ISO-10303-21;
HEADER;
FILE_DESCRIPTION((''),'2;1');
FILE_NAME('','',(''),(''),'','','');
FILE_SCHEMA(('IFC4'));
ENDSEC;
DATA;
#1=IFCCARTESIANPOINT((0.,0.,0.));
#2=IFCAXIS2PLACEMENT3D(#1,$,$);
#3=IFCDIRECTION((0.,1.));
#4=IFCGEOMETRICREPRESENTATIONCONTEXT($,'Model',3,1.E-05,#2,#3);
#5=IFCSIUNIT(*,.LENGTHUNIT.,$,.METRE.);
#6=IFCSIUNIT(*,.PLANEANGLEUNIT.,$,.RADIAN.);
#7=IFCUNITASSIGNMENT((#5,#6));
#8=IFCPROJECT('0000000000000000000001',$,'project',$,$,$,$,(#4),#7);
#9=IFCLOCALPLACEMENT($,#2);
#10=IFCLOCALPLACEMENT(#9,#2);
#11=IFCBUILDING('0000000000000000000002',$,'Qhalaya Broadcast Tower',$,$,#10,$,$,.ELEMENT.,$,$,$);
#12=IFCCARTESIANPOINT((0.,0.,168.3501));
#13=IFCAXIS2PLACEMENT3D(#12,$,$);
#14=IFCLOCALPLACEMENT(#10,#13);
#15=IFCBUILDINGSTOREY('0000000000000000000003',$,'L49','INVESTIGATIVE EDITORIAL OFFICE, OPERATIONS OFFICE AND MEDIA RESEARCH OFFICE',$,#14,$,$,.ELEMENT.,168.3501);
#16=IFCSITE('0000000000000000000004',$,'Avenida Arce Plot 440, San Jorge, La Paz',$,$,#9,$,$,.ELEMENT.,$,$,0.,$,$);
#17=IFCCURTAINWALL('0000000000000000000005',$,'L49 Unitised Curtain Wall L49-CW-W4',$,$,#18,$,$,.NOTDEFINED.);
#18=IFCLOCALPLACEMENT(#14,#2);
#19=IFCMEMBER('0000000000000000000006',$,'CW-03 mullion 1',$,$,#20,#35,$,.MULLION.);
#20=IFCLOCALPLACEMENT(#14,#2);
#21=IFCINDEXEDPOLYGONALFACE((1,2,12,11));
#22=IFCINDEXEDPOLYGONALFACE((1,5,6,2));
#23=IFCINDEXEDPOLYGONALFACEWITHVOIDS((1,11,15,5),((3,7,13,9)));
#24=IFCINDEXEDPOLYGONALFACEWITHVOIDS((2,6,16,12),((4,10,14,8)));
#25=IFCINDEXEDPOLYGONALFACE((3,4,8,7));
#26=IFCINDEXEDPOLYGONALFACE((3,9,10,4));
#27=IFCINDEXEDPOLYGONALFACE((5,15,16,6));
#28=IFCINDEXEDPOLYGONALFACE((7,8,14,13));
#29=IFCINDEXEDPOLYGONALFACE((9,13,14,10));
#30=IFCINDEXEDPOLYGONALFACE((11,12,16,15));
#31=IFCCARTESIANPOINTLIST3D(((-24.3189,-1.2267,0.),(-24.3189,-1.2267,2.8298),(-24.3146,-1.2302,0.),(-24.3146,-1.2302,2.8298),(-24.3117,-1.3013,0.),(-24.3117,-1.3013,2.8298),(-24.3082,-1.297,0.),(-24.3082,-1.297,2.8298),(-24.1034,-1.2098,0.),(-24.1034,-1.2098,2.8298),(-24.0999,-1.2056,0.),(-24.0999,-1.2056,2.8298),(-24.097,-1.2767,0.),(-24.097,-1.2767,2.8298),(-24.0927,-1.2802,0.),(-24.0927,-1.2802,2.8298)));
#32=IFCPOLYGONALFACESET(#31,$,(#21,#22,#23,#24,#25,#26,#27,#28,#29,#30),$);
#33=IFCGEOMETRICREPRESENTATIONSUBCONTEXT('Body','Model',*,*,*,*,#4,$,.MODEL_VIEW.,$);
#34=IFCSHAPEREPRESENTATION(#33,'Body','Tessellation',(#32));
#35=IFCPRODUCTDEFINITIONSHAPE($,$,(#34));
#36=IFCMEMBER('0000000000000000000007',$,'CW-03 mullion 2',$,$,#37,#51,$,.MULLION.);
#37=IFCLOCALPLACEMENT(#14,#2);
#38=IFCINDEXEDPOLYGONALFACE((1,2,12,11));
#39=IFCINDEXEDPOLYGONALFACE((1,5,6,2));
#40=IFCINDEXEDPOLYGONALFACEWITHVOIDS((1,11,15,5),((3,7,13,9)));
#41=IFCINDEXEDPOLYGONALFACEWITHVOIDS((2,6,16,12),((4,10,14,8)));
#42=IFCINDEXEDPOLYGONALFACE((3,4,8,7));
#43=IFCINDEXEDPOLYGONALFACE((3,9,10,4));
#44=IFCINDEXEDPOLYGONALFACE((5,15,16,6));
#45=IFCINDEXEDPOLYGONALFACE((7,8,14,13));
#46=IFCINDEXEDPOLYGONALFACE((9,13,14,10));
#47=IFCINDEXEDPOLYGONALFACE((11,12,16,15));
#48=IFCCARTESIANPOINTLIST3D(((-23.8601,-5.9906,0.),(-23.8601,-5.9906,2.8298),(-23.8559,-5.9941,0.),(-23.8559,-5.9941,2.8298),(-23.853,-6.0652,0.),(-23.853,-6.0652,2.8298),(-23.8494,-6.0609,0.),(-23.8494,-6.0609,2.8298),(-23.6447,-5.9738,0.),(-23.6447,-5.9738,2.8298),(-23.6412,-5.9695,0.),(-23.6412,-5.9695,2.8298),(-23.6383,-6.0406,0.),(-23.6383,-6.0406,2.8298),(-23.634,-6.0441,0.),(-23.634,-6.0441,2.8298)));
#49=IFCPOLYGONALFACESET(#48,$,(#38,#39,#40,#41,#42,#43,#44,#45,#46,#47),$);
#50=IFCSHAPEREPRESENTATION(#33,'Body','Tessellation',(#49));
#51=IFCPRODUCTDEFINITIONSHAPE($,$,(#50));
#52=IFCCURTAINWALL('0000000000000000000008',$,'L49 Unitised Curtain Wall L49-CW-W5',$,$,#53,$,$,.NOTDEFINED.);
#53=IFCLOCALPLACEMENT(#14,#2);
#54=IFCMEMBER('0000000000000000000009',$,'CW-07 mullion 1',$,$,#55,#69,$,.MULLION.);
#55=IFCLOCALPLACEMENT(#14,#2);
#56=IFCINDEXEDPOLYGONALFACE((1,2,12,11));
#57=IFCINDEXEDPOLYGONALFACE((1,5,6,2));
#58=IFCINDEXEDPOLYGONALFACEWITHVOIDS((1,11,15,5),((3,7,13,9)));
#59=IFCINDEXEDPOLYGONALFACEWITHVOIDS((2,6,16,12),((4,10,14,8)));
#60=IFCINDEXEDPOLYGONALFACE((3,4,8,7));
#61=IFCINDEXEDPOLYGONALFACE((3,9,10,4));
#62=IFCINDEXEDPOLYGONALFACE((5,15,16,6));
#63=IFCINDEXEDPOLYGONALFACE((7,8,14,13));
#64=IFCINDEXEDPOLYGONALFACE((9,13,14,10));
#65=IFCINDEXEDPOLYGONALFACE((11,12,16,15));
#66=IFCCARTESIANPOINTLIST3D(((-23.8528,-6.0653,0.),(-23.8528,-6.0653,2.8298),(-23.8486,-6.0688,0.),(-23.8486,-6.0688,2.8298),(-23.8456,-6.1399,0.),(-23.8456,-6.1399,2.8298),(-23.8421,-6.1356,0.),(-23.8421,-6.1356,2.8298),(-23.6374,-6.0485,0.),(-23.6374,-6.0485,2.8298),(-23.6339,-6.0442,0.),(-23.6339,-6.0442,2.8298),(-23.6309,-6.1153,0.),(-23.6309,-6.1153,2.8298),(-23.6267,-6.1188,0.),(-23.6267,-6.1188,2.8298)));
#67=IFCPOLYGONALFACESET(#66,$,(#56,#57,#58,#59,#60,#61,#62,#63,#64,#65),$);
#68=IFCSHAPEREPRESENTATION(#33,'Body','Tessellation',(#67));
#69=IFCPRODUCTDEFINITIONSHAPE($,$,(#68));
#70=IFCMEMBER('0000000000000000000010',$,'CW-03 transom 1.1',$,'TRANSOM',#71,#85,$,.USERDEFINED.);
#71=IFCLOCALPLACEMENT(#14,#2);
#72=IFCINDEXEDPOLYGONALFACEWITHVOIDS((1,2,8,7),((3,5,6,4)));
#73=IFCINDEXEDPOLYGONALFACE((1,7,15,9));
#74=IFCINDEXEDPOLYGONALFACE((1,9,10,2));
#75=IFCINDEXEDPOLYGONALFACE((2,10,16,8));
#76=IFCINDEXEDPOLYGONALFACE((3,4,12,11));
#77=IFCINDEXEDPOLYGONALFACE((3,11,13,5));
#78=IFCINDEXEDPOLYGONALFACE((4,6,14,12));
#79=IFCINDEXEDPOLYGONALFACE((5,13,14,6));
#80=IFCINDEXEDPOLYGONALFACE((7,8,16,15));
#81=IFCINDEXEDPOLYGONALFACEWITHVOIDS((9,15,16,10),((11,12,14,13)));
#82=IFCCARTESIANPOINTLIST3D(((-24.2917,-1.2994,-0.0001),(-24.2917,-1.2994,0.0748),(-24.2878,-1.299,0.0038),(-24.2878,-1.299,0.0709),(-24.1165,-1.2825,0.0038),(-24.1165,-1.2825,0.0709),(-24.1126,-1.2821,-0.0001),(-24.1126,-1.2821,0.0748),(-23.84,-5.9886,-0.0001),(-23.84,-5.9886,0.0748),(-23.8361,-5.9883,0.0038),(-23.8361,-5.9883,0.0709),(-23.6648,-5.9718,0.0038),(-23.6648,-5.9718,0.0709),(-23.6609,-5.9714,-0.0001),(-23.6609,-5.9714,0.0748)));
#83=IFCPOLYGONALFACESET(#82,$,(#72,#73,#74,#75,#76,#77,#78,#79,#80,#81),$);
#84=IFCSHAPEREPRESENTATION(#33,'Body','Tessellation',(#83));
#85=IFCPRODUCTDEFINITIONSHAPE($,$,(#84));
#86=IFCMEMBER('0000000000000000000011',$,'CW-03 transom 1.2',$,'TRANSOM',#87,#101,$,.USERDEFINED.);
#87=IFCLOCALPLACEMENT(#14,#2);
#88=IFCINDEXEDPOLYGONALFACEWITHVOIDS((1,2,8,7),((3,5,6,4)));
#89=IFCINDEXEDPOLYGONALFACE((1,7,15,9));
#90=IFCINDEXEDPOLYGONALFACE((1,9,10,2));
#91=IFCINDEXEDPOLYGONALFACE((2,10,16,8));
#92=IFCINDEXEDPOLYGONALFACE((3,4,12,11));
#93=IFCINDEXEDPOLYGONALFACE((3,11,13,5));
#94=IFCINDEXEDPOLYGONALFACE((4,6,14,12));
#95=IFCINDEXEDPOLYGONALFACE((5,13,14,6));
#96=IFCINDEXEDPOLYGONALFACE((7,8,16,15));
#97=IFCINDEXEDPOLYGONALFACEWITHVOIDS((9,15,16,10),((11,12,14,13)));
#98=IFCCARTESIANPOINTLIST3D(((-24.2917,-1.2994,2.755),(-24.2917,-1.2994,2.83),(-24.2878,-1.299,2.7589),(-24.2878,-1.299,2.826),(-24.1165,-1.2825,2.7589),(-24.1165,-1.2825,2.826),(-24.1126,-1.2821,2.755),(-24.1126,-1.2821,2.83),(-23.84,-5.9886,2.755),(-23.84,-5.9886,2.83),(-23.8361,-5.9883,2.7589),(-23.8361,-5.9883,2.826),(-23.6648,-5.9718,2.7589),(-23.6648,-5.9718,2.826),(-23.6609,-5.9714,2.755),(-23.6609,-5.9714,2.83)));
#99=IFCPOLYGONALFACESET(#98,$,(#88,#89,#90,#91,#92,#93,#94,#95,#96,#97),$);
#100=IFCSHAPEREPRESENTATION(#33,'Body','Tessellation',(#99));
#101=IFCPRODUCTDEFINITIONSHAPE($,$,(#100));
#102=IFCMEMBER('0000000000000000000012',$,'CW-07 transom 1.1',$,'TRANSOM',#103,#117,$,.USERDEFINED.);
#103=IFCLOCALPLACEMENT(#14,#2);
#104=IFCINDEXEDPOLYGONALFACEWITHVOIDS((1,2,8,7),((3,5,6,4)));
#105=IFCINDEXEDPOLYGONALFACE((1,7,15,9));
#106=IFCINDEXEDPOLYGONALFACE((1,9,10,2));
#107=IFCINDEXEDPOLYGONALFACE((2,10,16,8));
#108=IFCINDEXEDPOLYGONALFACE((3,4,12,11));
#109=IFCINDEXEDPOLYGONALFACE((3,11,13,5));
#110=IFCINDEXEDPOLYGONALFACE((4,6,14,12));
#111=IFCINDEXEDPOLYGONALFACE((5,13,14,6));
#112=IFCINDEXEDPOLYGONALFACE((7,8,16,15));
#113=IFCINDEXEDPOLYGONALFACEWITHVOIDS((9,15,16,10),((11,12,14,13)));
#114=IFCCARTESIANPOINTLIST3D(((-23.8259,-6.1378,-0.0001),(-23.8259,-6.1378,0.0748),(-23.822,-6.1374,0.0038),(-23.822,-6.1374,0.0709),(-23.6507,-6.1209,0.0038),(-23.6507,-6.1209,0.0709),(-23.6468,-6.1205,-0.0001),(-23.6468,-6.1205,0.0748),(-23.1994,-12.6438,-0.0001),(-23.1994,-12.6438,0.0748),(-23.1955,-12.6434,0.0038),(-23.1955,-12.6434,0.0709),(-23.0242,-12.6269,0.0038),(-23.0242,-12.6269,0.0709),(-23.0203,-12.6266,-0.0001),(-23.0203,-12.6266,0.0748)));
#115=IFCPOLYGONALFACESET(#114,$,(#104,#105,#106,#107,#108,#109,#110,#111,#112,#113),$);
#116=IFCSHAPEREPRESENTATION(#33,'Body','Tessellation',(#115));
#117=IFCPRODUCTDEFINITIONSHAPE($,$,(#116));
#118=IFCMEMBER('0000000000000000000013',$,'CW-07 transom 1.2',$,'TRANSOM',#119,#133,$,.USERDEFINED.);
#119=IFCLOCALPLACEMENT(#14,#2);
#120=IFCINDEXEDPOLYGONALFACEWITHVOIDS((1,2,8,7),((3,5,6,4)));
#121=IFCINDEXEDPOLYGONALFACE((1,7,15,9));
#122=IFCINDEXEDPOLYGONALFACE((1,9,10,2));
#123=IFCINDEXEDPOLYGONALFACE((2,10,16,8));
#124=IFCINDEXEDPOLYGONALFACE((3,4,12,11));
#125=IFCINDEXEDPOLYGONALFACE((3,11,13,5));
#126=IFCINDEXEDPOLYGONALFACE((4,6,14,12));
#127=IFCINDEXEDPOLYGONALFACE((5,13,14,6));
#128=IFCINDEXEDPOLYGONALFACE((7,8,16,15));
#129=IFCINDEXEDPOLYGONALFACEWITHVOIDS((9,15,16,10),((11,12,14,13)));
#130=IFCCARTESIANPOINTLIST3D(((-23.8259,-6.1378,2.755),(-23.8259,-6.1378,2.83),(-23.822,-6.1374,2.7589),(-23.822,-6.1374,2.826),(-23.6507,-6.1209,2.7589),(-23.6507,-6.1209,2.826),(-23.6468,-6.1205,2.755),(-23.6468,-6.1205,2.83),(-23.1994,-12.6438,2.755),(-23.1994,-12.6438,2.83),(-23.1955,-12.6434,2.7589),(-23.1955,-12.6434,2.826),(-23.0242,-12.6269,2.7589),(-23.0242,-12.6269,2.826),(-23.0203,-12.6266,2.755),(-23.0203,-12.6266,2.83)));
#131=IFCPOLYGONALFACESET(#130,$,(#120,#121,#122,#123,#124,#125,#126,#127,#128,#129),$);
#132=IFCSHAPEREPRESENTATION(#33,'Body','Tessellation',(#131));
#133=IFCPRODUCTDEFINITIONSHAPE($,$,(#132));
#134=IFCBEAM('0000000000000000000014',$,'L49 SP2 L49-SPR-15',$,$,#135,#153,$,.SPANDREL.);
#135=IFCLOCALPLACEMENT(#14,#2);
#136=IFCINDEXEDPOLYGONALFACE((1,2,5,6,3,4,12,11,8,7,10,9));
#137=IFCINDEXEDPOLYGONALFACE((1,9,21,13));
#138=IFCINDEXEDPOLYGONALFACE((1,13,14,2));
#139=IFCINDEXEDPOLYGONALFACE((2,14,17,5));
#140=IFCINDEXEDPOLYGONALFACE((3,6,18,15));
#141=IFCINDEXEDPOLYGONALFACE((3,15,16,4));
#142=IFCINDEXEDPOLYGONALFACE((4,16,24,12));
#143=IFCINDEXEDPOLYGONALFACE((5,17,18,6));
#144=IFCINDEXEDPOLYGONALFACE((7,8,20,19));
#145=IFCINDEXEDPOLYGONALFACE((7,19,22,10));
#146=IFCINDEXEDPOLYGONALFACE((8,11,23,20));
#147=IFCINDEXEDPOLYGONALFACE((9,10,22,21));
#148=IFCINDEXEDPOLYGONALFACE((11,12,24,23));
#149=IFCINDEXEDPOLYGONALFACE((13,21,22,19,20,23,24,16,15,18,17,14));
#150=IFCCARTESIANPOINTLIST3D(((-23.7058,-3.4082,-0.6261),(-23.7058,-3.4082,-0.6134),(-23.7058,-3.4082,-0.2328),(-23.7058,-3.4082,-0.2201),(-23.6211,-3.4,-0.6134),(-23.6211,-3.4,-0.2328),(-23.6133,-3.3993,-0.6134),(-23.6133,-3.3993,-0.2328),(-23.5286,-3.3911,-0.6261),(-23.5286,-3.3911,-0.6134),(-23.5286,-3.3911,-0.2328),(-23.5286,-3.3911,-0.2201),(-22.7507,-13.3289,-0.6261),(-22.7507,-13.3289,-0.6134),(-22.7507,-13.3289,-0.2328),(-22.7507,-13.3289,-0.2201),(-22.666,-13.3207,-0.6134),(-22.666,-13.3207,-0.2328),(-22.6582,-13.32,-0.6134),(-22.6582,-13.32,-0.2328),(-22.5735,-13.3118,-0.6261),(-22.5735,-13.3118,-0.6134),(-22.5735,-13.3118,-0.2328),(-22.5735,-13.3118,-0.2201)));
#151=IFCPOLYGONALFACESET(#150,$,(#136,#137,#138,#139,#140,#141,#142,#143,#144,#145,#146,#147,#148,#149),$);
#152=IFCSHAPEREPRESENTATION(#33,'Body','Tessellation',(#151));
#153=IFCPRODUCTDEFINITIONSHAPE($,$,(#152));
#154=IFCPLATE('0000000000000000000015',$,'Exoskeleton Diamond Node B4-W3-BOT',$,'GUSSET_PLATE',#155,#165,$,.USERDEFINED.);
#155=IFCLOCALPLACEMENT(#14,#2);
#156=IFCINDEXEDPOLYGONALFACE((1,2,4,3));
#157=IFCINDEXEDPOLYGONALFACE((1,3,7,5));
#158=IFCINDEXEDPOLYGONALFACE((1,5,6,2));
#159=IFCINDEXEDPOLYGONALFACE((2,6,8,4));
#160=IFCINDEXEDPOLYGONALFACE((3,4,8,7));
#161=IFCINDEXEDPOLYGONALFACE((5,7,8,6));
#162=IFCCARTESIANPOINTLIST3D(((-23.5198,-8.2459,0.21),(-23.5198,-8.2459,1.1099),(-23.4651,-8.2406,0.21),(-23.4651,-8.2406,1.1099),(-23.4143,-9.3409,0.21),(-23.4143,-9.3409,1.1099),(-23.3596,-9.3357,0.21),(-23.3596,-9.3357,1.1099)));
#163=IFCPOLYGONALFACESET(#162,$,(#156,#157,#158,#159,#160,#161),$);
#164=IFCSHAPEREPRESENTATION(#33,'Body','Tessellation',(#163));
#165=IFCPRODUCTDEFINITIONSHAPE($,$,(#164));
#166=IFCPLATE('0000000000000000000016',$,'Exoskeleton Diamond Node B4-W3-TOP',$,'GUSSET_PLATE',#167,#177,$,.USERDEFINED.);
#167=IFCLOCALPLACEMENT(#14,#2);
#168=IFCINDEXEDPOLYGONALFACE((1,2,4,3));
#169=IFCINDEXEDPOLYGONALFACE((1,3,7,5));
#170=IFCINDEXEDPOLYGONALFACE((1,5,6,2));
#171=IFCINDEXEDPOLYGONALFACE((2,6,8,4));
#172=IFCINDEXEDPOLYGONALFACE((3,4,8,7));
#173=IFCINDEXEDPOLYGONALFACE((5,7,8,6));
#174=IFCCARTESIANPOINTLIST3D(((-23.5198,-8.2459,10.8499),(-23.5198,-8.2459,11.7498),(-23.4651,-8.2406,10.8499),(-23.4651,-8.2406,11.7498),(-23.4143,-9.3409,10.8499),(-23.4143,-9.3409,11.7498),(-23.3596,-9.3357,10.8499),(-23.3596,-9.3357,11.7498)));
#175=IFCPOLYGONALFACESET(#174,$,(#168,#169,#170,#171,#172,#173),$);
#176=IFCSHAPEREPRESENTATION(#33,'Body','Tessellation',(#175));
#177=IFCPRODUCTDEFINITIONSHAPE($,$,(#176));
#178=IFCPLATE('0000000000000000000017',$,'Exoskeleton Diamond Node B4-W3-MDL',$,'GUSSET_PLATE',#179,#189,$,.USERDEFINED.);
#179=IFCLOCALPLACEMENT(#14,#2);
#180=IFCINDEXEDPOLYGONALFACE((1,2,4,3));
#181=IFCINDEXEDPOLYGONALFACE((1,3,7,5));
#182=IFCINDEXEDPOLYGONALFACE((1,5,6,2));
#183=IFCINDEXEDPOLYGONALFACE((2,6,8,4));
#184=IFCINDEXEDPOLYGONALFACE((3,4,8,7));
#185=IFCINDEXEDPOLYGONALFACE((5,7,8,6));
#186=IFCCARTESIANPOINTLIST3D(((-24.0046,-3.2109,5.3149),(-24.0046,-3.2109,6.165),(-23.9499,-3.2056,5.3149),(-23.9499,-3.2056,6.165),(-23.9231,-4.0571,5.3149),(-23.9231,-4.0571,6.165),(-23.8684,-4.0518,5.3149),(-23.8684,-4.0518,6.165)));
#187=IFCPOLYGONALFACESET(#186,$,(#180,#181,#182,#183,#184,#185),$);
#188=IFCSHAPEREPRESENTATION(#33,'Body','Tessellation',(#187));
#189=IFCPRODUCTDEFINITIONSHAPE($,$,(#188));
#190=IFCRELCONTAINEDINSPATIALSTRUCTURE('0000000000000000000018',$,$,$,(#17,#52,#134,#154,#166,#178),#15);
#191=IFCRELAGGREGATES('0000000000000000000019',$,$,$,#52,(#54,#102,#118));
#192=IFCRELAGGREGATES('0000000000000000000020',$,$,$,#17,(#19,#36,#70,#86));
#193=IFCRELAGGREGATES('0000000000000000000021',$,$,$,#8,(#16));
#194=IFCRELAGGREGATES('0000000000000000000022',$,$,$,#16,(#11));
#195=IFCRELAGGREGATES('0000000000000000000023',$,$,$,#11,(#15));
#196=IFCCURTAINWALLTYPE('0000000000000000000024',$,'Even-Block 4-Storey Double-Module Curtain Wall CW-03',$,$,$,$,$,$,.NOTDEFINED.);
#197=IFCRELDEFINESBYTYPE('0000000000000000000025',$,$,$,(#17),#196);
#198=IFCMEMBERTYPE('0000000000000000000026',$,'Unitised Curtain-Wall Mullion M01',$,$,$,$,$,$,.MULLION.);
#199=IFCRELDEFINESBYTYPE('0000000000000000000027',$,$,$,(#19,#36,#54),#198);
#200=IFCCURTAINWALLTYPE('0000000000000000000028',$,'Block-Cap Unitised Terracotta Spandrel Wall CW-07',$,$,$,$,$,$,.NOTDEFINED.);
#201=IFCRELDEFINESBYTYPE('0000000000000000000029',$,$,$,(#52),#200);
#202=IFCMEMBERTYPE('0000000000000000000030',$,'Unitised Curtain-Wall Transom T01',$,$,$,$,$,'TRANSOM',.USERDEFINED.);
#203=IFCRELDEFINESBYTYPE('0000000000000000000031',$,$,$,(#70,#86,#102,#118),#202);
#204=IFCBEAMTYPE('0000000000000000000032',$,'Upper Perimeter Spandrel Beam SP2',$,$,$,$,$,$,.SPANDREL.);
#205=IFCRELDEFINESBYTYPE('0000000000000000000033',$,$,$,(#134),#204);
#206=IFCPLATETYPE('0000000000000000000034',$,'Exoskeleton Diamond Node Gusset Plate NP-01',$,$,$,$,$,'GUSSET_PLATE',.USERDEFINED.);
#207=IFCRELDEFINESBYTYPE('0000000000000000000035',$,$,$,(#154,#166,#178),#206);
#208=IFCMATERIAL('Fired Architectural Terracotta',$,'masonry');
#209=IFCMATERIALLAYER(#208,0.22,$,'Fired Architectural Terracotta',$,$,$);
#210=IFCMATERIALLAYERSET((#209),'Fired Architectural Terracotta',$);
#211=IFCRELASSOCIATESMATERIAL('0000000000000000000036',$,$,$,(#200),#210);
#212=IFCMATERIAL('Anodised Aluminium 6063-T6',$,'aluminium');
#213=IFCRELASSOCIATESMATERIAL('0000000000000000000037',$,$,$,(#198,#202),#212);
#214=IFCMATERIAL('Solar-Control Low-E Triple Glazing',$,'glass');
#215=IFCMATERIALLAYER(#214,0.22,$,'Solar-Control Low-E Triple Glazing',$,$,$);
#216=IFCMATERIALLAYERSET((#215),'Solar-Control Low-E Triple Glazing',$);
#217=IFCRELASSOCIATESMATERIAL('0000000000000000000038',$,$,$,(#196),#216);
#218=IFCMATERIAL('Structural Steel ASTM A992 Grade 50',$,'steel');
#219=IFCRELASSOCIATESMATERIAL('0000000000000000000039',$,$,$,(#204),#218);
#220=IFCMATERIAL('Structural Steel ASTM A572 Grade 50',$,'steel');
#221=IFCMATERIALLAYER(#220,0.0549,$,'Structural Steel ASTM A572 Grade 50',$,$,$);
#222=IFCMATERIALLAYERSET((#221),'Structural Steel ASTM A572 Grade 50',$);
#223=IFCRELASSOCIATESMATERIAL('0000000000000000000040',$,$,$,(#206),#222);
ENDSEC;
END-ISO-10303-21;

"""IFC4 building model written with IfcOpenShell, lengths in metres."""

from ifc_helpers import new_model, si_unit, direction, frame, origin, origin_2d, place, context, subcontext, project, spatial, rectangle, hollow_rectangle, i_section, extrude, material, layer, layer_set, material_profile, profile_set, type_object, element, aggregate, save


model = new_model("IFC4")

# Units and contexts
model_context = context("Model", 3, precision=1e-05, world=origin(), true_north=direction((0.0, 1.0)))
body_context = subcontext(model_context, "Body", "Model", "MODEL_VIEW")
ifc_project = project(units=[si_unit("LENGTHUNIT", "METRE"), si_unit("PLANEANGLEUNIT", "RADIAN")], contexts=[model_context])

# Site, building, storey
site_placement = place(None, origin())
site = spatial("IfcSite", under=ifc_project, at=site_placement, Name="Avenida Arce Plot 440, San Jorge, La Paz", CompositionType="ELEMENT", RefElevation=0.0)
building_placement = place(site_placement, origin())
building = spatial("IfcBuilding", under=site, at=building_placement, Name="Qhalaya Broadcast Tower", CompositionType="ELEMENT")
storey_placement = place(building_placement, frame((0.0, 0.0, 168.3501)))
storey = spatial("IfcBuildingStorey", under=building, at=storey_placement, Name="L49", Description="INVESTIGATIVE EDITORIAL OFFICE, OPERATIONS OFFICE AND MEDIA RESEARCH OFFICE", CompositionType="ELEMENT", Elevation=168.3501)

# Shared definitions
ifc_material_1 = material(Name="Structural Steel ASTM A572 Grade 50", Category="steel")

# Shared definitions
ifc_material_2 = material(Name="Structural Steel ASTM A992 Grade 50", Category="steel")

# Shared definitions
ifc_material_3 = material(Name="Fired Architectural Terracotta", Category="masonry")
ifc_layer_1 = layer(ifc_material_3, 0.22, Name="Fired Architectural Terracotta")
ifc_layer_set_1 = layer_set([ifc_layer_1], Name="Fired Architectural Terracotta")
curtain_wall_type_1 = type_object("IfcCurtainWallType", Name="Block-Cap Unitised Terracotta Spandrel Wall CW-07", PredefinedType="NOTDEFINED", material=ifc_layer_set_1)
ifc_material_4 = material(Name="Anodised Aluminium 6063-T6", Category="aluminium")
ifc_material_profile_1 = material_profile(ifc_material_4, hollow_rectangle(XDim=0.075, YDim=0.22, WallThickness=0.0039, at=origin_2d()), Name="ALU-MUL 75x220x4")
ifc_profile_set_1 = profile_set([ifc_material_profile_1], Name="Anodised Aluminium 6063-T6")
member_type_1 = type_object("IfcMemberType", Name="Unitised Curtain-Wall Mullion M01", PredefinedType="MULLION", material=ifc_profile_set_1)

# Curtain wall, members
ifc_material_5 = material(Name="Solar-Control Low-E Triple Glazing", Category="glass")
ifc_layer_2 = layer(ifc_material_5, 0.22, Name="Solar-Control Low-E Triple Glazing")
ifc_layer_set_2 = layer_set([ifc_layer_2], Name="Solar-Control Low-E Triple Glazing")
curtain_wall_type_2 = type_object("IfcCurtainWallType", Name="Even-Block 4-Storey Double-Module Curtain Wall CW-03", PredefinedType="NOTDEFINED", material=ifc_layer_set_2)
curtain_wall_1_placement = place(storey_placement, origin())
curtain_wall_1 = element("IfcCurtainWall", 1, at=curtain_wall_1_placement, inside=storey, type_object=curtain_wall_type_2, Name="L49 Unitised Curtain Wall L49-CW-W4", PredefinedType="NOTDEFINED")
member_1_placement = place(storey_placement, frame((-24.2058, -1.2534, 0.0), z_axis=(0.0, 0.0, 1.0), x_axis=(0.095845, -0.995396, 0.0)))
member_1 = element("IfcMember", 2, at=member_1_placement, type_object=member_type_1, Name="CW-03 mullion 1", PredefinedType="MULLION", context=body_context, shape_type="SweptSolid", body=[
    extrude(hollow_rectangle(XDim=0.075, YDim=0.22, WallThickness=0.0039, at=origin_2d()), origin(), (0.0, 0.0, 1.0), 2.8298),
])
member_2_placement = place(storey_placement, frame((-23.7471, -6.0173, 0.0), z_axis=(0.0, 0.0, 1.0), x_axis=(0.095845, -0.995396, 0.0)))
member_2 = element("IfcMember", 3, at=member_2_placement, type_object=member_type_1, Name="CW-03 mullion 2", PredefinedType="MULLION", context=body_context, shape_type="SweptSolid", body=[
    extrude(hollow_rectangle(XDim=0.075, YDim=0.22, WallThickness=0.0039, at=origin_2d()), origin(), (0.0, 0.0, 1.0), 2.8298),
])

# Curtain wall, member
curtain_wall_2_placement = place(storey_placement, origin())
curtain_wall_2 = element("IfcCurtainWall", 4, at=curtain_wall_2_placement, inside=storey, type_object=curtain_wall_type_1, Name="L49 Unitised Curtain Wall L49-CW-W5", PredefinedType="NOTDEFINED")
member_3_placement = place(storey_placement, frame((-23.7397, -6.092, 0.0), z_axis=(0.0, 0.0, 1.0), x_axis=(0.095842, -0.995397, 0.0)))
member_3 = element("IfcMember", 5, at=member_3_placement, type_object=member_type_1, Name="CW-07 mullion 1", PredefinedType="MULLION", context=body_context, shape_type="SweptSolid", body=[
    extrude(hollow_rectangle(XDim=0.075, YDim=0.22, WallThickness=0.0039, at=origin_2d()), origin(), (0.0, 0.0, 1.0), 2.8298),
])

# Members
ifc_material_profile_2 = material_profile(ifc_material_4, hollow_rectangle(XDim=0.075, YDim=0.1799, WallThickness=0.0039, at=origin_2d()), Name="ALU-TRN 75x180x4")
ifc_profile_set_2 = profile_set([ifc_material_profile_2], Name="Anodised Aluminium 6063-T6")
member_type_2 = type_object("IfcMemberType", Name="Unitised Curtain-Wall Transom T01", ElementType="TRANSOM", PredefinedType="USERDEFINED", material=ifc_profile_set_2)
member_4_placement = place(storey_placement, frame((-24.2021, -1.2908, 0.0374), z_axis=(0.095875, -0.995393, 0.0), x_axis=(0.0, 0.0, 1.0)))
member_4 = element("IfcMember", 6, at=member_4_placement, type_object=member_type_2, Name="CW-03 transom 1.1", ObjectType="TRANSOM", PredefinedType="USERDEFINED", context=body_context, shape_type="SweptSolid", body=[
    extrude(hollow_rectangle(XDim=0.075, YDim=0.1799, WallThickness=0.0039, at=origin_2d()), origin(), (0.0, 0.0, 1.0), 4.7109),
])
member_5_placement = place(storey_placement, frame((-24.2021, -1.2908, 2.7925), z_axis=(0.095875, -0.995393, 0.0), x_axis=(0.0, 0.0, 1.0)))
member_5 = element("IfcMember", 7, at=member_5_placement, type_object=member_type_2, Name="CW-03 transom 1.2", ObjectType="TRANSOM", PredefinedType="USERDEFINED", context=body_context, shape_type="SweptSolid", body=[
    extrude(hollow_rectangle(XDim=0.075, YDim=0.1799, WallThickness=0.0039, at=origin_2d()), origin(), (0.0, 0.0, 1.0), 4.7109),
])
member_6_placement = place(storey_placement, frame((-23.7363, -6.1292, 0.0374), z_axis=(0.095845, -0.995396, 0.0), x_axis=(0.0, 0.0, 1.0)))
member_6 = element("IfcMember", 8, at=member_6_placement, type_object=member_type_2, Name="CW-07 transom 1.1", ObjectType="TRANSOM", PredefinedType="USERDEFINED", context=body_context, shape_type="SweptSolid", body=[
    extrude(hollow_rectangle(XDim=0.075, YDim=0.1799, WallThickness=0.0039, at=origin_2d()), origin(), (0.0, 0.0, 1.0), 6.5361),
])
member_7_placement = place(storey_placement, frame((-23.7363, -6.1292, 2.7925), z_axis=(0.095845, -0.995396, 0.0), x_axis=(0.0, 0.0, 1.0)))
member_7 = element("IfcMember", 9, at=member_7_placement, type_object=member_type_2, Name="CW-07 transom 1.2", ObjectType="TRANSOM", PredefinedType="USERDEFINED", context=body_context, shape_type="SweptSolid", body=[
    extrude(hollow_rectangle(XDim=0.075, YDim=0.1799, WallThickness=0.0039, at=origin_2d()), origin(), (0.0, 0.0, 1.0), 6.5361),
])
aggregate(curtain_wall_2, [member_3, member_6, member_7])

# Beam
ifc_material_profile_3 = material_profile(ifc_material_2, i_section(OverallWidth=0.178, OverallDepth=0.406, WebThickness=0.0078, FlangeThickness=0.0127, at=origin_2d()), Name="W16X40")
ifc_profile_set_3 = profile_set([ifc_material_profile_3], Name="Structural Steel ASTM A992 Grade 50")
beam_type_1 = type_object("IfcBeamType", Name="Upper Perimeter Spandrel Beam SP2", PredefinedType="SPANDREL", material=ifc_profile_set_3)
beam_1_placement = place(storey_placement, frame((-23.6172, -3.3997, -0.4231), z_axis=(0.095829, -0.995398, 0.0), x_axis=(0.995398, 0.095829, 0.0)))
element("IfcBeam", 10, at=beam_1_placement, inside=storey, type_object=beam_type_1, Name="L49 SP2 L49-SPR-15", PredefinedType="SPANDREL", context=body_context, shape_type="SweptSolid", body=[
    extrude(i_section(OverallWidth=0.178, OverallDepth=0.406, WebThickness=0.0078, FlangeThickness=0.0127, at=origin_2d()), origin(), (0.0, 0.0, 1.0), 9.9666),
])

# Plates
ifc_layer_3 = layer(ifc_material_1, 0.0549, Name="Structural Steel ASTM A572 Grade 50")
ifc_layer_set_3 = layer_set([ifc_layer_3], Name="Structural Steel ASTM A572 Grade 50")
plate_type_1 = type_object("IfcPlateType", Name="Exoskeleton Diamond Node Gusset Plate NP-01", ElementType="GUSSET_PLATE", PredefinedType="USERDEFINED", material=ifc_layer_set_3)
for number, where, z_axis, x_axis, name in (
    (11, (-23.4397, -8.7908, 0.21), (0.0, 0.0, 1.0), (-0.095846, 0.995396, 0.0), "Exoskeleton Diamond Node B4-W3-BOT"),
    (12, (-23.4397, -8.7908, 10.8499), (0.0, 0.0, 1.0), (-0.095846, 0.995396, 0.0), "Exoskeleton Diamond Node B4-W3-TOP"),
):
    element("IfcPlate", number, at=place(storey_placement, frame(where, z_axis=z_axis, x_axis=x_axis)), inside=storey, type_object=plate_type_1, Name=name, ObjectType="GUSSET_PLATE", PredefinedType="USERDEFINED", context=body_context, shape_type="SweptSolid", body=[
        extrude(rectangle(XDim=1.1001, YDim=0.0549, at=origin_2d()), origin(), (0.0, 0.0, 1.0), 0.8999),
    ])
plate_1_placement = place(storey_placement, frame((-23.9365, -3.6313, 5.3149), z_axis=(0.0, 0.0, 1.0), x_axis=(-0.095846, 0.995396, 0.0)))
element("IfcPlate", 13, at=plate_1_placement, inside=storey, type_object=plate_type_1, Name="Exoskeleton Diamond Node B4-W3-MDL", ObjectType="GUSSET_PLATE", PredefinedType="USERDEFINED", context=body_context, shape_type="SweptSolid", body=[
    extrude(rectangle(XDim=0.8501, YDim=0.0549, at=origin_2d()), origin(), (0.0, 0.0, 1.0), 0.8501),
])

aggregate(curtain_wall_1, [member_1, member_2, member_4, member_5])

save(model, "model.ifc")
